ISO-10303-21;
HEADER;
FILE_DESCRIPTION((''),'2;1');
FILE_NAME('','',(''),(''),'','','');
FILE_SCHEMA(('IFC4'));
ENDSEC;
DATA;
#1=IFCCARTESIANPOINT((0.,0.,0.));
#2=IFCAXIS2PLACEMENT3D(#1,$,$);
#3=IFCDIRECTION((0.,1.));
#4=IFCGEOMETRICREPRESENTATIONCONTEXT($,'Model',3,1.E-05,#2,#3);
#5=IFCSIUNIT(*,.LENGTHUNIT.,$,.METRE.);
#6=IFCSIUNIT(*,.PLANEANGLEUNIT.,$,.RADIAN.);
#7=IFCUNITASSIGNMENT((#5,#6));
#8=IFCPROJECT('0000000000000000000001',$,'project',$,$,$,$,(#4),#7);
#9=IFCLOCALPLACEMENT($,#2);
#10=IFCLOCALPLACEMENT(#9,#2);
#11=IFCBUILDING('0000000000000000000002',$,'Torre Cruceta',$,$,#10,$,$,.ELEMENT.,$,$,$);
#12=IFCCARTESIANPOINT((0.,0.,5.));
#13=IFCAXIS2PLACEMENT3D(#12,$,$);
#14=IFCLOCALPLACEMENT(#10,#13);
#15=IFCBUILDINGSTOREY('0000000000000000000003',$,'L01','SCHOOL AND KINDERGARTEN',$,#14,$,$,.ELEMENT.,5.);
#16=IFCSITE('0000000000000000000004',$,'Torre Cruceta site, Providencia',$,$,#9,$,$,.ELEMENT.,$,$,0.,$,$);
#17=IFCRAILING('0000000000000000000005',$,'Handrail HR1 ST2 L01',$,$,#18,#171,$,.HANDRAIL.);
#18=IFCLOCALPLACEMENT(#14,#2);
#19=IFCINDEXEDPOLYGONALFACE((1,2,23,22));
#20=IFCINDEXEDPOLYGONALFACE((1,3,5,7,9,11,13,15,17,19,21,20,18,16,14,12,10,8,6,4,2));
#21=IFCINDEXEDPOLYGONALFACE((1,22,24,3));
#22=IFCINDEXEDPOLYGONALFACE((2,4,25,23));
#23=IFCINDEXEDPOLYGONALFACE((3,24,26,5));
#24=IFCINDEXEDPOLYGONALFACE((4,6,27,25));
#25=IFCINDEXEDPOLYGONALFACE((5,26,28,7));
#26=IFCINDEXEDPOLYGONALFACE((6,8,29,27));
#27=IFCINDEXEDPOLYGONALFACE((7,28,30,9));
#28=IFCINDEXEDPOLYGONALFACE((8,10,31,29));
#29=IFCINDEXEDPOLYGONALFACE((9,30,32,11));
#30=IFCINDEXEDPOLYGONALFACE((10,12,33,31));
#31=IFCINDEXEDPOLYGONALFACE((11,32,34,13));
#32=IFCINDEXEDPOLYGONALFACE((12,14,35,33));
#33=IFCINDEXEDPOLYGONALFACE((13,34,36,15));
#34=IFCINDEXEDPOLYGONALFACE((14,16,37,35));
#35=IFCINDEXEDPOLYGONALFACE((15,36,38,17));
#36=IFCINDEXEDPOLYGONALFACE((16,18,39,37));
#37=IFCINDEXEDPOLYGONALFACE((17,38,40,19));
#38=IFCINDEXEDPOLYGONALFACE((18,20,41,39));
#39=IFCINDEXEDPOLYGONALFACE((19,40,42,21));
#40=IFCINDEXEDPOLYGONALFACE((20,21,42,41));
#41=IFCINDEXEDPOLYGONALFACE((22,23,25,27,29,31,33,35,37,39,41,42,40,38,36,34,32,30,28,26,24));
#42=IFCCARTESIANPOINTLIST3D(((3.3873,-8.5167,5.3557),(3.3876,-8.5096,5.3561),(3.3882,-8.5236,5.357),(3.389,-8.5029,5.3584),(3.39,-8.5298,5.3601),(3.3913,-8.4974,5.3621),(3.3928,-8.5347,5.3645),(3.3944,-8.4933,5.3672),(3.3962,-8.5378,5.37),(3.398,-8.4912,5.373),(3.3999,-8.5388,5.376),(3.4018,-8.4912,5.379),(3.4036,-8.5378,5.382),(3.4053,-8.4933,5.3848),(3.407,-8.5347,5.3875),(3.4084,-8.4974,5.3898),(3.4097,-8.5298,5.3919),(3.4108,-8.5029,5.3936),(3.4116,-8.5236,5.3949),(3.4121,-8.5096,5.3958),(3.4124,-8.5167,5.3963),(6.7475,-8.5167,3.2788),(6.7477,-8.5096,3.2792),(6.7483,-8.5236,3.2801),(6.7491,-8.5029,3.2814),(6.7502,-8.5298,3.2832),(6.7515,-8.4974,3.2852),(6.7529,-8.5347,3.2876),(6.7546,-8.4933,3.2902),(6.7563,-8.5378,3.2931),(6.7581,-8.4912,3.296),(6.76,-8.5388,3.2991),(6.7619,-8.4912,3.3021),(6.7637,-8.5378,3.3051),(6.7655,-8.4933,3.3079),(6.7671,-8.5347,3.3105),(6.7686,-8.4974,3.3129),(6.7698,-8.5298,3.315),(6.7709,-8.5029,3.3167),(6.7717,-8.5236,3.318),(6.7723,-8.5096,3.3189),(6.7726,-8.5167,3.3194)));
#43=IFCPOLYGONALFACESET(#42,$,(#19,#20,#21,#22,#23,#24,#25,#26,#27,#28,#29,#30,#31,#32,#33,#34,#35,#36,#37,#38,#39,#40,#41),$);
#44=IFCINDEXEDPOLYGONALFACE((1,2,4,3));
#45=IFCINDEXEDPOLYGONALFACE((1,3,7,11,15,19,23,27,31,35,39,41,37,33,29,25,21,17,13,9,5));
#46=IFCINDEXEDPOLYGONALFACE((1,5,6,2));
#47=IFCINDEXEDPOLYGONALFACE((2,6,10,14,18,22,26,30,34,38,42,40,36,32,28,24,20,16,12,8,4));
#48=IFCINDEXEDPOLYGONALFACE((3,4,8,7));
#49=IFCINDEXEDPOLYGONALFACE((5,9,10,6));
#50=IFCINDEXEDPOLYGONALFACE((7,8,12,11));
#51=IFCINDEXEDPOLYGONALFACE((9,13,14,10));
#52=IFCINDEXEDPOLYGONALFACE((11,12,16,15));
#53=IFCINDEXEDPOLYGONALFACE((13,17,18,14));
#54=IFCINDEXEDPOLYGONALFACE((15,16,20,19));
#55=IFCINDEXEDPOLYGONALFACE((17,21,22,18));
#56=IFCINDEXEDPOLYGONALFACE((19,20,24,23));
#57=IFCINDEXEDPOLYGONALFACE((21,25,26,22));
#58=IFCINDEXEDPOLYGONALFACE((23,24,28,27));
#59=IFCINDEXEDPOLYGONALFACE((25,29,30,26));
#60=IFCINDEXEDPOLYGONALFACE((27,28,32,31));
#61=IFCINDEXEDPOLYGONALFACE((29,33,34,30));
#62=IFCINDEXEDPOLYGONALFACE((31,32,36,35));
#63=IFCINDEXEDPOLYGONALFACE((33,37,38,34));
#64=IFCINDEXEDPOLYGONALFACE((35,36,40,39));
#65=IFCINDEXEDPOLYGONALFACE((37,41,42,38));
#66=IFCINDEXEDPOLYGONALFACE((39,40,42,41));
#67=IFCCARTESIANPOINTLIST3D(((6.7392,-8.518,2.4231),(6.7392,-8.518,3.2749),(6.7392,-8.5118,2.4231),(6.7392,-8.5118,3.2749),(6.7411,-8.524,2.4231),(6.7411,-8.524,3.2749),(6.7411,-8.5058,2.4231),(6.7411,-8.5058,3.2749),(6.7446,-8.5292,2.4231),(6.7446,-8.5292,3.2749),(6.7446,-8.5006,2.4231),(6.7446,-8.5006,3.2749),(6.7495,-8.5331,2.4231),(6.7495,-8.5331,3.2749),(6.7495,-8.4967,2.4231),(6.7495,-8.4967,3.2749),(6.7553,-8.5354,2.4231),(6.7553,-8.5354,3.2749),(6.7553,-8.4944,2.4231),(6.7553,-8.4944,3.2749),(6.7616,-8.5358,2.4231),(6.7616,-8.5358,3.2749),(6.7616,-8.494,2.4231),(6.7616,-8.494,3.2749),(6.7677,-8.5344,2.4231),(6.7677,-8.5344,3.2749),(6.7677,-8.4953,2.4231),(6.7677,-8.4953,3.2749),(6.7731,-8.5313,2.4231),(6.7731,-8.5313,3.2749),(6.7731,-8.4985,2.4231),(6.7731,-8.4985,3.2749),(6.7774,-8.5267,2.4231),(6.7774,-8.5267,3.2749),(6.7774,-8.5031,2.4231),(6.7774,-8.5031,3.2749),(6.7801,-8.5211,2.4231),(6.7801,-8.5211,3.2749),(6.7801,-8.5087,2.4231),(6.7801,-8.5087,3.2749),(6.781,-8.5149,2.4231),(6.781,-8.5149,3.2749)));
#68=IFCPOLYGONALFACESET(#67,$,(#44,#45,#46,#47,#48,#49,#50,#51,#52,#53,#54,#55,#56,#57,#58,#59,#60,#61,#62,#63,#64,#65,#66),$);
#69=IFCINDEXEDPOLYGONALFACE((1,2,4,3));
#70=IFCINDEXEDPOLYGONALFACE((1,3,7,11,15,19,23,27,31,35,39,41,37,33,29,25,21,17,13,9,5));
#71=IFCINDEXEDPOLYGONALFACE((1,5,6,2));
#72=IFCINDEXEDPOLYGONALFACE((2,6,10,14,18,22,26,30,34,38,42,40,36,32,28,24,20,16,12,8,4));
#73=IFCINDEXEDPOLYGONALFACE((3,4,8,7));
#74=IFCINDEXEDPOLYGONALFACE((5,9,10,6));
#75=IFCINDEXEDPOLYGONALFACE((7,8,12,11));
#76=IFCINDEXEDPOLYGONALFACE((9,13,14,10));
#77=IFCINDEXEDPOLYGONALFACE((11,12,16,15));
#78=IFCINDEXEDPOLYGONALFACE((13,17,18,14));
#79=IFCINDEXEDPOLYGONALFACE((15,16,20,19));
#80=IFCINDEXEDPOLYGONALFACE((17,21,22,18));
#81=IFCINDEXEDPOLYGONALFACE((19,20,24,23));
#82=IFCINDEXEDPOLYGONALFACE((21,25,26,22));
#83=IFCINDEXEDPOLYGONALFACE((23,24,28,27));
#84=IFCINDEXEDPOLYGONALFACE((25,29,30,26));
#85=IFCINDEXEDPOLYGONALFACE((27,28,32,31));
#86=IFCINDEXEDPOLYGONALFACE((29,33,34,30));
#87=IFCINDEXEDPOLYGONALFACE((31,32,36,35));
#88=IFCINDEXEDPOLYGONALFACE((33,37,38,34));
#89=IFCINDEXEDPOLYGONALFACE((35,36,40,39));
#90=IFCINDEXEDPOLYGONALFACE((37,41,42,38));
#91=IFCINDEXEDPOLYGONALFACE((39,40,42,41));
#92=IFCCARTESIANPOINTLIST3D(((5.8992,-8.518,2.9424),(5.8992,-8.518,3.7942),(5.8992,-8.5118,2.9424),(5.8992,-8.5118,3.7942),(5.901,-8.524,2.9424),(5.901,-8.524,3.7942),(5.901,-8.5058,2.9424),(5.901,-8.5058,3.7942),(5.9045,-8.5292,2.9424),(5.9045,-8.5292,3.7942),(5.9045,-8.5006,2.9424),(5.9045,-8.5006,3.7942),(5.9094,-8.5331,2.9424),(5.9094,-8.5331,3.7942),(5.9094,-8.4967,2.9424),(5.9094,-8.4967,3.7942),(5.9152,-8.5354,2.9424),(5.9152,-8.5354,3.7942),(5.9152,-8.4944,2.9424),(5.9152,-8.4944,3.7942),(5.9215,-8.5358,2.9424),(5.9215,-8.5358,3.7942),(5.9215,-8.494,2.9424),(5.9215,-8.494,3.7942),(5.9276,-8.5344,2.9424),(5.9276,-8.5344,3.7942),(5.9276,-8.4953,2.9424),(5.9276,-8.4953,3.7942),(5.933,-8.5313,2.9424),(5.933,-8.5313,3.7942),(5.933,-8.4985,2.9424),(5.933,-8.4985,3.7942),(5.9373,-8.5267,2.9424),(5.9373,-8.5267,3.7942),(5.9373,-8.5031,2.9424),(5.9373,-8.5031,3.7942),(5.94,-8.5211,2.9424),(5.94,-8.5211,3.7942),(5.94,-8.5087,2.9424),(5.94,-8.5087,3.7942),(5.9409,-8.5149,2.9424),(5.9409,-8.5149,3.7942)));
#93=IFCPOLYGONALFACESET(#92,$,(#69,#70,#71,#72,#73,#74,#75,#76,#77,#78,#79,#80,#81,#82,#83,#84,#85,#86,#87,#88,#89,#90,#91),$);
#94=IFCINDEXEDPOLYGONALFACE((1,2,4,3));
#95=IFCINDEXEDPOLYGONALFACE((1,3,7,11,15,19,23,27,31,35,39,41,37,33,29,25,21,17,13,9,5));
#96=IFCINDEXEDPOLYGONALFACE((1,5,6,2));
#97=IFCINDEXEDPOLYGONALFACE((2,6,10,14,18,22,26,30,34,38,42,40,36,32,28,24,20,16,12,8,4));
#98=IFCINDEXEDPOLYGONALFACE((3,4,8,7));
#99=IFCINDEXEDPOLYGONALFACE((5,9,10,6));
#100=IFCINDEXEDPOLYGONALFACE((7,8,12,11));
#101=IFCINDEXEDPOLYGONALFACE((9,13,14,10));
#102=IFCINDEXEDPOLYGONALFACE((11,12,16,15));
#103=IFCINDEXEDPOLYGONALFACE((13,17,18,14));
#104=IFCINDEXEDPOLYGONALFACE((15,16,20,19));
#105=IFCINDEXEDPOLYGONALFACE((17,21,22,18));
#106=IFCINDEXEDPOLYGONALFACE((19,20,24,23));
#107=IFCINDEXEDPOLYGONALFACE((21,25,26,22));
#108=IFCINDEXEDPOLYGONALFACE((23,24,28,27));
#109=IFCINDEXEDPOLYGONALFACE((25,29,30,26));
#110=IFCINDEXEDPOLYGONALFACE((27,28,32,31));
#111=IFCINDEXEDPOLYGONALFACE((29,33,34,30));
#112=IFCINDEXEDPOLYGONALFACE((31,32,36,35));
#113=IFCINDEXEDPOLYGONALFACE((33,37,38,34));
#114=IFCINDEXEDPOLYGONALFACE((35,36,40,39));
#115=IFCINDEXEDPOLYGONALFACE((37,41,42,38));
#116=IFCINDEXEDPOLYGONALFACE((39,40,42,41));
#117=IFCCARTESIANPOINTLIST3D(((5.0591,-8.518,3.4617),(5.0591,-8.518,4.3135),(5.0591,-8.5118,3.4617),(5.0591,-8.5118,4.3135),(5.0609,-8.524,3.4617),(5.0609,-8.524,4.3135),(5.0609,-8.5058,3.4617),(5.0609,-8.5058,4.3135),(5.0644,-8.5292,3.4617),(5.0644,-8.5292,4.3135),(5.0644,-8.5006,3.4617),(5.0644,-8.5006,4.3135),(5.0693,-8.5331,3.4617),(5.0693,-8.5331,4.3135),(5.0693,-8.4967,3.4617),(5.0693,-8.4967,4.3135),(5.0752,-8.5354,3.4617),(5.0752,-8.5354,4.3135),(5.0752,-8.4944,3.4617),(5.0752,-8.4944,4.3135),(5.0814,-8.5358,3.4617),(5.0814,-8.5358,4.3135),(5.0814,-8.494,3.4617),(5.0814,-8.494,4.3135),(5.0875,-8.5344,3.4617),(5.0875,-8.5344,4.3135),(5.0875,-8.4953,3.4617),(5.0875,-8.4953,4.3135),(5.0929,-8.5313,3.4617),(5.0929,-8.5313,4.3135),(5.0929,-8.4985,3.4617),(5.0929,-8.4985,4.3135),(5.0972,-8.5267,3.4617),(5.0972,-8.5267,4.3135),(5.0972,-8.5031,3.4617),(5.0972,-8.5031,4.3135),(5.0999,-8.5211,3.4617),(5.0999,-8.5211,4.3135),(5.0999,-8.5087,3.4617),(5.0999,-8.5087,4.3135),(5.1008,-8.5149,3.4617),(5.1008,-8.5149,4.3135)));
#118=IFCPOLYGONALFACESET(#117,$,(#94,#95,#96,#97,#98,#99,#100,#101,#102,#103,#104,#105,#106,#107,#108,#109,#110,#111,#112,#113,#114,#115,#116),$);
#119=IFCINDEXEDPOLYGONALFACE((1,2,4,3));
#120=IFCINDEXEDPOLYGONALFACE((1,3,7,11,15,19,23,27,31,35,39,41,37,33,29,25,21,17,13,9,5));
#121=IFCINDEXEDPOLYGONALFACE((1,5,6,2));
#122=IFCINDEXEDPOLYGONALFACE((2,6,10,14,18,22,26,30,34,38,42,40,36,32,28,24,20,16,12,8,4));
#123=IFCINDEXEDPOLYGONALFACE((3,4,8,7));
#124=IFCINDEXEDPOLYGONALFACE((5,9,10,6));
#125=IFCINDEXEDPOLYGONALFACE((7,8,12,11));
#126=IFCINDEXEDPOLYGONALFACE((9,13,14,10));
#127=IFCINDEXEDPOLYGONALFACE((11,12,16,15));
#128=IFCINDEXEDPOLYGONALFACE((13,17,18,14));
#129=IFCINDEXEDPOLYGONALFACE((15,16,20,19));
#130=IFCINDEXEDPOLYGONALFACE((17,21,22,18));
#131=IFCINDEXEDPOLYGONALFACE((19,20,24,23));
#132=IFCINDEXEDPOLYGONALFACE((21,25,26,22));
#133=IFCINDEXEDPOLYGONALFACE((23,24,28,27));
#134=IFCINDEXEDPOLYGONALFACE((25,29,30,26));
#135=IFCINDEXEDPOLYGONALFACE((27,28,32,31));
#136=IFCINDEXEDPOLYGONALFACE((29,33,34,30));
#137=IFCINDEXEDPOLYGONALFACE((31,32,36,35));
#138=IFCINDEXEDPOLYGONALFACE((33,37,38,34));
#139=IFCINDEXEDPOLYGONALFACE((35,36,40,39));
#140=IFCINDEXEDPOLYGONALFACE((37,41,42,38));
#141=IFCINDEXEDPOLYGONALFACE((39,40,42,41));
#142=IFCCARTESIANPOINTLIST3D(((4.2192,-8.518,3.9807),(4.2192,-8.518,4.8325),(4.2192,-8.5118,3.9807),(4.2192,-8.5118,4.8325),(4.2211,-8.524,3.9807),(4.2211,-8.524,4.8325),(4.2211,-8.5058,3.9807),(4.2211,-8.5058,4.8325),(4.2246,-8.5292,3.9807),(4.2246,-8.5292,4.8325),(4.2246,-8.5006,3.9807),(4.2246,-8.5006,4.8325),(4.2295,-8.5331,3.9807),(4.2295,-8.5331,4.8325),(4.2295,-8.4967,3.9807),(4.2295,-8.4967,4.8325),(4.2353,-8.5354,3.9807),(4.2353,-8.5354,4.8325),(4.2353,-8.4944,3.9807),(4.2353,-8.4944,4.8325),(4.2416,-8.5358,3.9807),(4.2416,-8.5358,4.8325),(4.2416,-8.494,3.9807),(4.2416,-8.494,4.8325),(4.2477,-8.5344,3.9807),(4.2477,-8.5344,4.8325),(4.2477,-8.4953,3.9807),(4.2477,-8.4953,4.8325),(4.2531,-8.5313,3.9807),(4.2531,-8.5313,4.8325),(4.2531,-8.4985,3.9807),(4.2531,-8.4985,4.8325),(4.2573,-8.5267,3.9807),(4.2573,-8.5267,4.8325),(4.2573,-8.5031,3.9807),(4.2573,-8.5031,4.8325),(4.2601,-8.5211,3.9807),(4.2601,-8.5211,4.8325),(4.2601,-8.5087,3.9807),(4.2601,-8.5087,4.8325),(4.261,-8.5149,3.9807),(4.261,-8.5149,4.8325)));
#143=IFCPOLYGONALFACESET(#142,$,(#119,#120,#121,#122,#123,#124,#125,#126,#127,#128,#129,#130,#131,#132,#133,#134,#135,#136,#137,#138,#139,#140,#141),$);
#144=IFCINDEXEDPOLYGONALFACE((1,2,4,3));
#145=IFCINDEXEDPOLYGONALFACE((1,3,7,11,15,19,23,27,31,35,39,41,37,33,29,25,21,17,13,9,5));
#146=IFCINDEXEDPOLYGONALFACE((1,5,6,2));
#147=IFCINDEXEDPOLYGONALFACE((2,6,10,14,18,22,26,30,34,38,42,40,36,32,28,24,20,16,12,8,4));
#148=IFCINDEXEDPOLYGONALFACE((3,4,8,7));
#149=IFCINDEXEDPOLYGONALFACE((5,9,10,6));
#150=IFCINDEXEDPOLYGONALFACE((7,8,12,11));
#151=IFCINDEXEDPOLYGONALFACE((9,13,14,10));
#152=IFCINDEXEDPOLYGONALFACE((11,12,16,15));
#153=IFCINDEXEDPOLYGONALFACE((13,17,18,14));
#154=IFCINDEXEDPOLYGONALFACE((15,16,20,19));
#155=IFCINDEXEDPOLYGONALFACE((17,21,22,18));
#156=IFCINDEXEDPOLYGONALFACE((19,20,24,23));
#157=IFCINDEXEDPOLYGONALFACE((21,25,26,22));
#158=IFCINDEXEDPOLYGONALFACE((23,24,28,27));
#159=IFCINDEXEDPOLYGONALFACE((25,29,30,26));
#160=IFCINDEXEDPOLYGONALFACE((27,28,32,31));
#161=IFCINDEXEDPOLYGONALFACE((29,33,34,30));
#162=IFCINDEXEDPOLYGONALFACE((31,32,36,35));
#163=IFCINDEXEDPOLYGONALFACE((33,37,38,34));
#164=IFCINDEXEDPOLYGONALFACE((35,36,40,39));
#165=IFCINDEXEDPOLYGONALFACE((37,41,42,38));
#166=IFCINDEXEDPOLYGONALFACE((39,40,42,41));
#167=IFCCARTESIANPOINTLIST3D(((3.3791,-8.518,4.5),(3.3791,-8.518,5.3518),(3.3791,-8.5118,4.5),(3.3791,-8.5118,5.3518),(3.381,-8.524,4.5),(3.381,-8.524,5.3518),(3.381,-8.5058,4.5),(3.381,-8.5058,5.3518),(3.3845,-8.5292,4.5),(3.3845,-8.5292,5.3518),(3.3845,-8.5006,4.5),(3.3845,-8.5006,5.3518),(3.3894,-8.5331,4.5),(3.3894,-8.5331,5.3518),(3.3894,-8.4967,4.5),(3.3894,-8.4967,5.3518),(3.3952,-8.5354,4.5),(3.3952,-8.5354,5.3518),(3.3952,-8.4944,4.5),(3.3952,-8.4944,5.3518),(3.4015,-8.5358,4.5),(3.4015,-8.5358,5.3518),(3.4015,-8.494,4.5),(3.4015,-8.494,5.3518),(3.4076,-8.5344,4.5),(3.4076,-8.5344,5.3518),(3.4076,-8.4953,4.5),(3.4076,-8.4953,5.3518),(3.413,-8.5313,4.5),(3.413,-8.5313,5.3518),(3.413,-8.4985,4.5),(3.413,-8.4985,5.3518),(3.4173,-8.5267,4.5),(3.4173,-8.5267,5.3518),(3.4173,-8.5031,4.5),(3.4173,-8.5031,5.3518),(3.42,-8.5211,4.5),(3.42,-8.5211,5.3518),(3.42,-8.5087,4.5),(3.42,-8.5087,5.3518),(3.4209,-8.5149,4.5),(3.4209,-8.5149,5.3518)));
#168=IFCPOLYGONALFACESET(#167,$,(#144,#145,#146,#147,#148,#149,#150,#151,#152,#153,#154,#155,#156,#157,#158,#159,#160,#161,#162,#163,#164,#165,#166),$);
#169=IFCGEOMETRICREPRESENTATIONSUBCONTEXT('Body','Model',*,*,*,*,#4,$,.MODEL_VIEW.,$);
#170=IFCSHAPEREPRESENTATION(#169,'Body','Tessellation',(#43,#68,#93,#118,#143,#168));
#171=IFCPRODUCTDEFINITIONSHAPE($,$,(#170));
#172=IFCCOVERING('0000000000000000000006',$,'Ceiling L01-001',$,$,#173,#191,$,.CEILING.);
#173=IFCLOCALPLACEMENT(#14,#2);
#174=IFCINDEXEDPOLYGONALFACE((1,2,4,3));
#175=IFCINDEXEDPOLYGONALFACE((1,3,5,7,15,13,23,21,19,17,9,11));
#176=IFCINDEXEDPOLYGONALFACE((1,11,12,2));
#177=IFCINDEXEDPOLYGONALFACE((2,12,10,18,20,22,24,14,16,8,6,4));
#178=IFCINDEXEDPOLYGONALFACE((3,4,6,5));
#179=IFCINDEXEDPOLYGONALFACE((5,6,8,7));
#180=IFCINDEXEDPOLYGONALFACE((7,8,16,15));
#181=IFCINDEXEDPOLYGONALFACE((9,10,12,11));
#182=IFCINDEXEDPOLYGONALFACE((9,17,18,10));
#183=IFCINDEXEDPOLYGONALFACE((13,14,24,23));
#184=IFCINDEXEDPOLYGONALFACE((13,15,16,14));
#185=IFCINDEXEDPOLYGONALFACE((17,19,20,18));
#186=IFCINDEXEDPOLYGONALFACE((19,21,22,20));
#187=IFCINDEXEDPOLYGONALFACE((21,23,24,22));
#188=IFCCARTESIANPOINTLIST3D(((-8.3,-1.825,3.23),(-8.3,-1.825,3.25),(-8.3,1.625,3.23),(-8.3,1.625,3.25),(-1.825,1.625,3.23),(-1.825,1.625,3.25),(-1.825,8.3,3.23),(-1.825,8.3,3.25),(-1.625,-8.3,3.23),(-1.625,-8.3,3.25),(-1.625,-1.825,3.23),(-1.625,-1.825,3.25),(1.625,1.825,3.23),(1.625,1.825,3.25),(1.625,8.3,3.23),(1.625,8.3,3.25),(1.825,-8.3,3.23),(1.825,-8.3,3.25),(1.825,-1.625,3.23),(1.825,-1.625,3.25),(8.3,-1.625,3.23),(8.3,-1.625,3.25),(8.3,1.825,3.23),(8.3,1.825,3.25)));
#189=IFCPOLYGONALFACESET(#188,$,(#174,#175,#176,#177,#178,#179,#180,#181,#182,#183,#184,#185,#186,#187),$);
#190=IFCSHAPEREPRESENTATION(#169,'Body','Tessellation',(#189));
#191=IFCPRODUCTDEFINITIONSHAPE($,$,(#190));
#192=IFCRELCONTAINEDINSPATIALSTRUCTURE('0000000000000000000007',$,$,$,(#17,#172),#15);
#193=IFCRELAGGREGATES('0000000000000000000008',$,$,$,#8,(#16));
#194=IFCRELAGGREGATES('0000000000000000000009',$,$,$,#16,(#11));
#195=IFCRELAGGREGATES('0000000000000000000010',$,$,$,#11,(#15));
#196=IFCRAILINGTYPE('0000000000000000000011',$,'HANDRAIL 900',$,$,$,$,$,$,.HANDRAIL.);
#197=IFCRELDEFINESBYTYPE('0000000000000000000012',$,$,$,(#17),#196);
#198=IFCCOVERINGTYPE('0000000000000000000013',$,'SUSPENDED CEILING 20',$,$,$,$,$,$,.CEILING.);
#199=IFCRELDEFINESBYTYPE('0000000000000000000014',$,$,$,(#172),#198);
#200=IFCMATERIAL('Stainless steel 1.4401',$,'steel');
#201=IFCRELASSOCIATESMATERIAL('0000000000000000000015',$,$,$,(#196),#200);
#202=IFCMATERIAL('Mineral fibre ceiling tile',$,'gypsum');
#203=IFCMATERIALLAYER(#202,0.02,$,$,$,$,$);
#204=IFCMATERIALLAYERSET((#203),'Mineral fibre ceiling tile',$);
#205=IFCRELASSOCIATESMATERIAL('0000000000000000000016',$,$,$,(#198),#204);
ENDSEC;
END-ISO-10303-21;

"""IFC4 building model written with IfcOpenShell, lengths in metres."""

from ifc_helpers import new_model, si_unit, direction, frame, origin, origin_2d, place, context, subcontext, project, spatial, polyline, circle, outline, extrude, material, layer, layer_set, type_object, element, save


model = new_model("IFC4")

# Units and contexts
model_context = context("Model", 3, precision=1e-05, world=origin(), true_north=direction((0.0, 1.0)))
body_context = subcontext(model_context, "Body", "Model", "MODEL_VIEW")
ifc_project = project(units=[si_unit("LENGTHUNIT", "METRE"), si_unit("PLANEANGLEUNIT", "RADIAN")], contexts=[model_context])

# Site, building, storey
site_placement = place(None, origin())
site = spatial("IfcSite", under=ifc_project, at=site_placement, Name="Torre Cruceta site, Providencia", CompositionType="ELEMENT", RefElevation=0.0)
building_placement = place(site_placement, origin())
building = spatial("IfcBuilding", under=site, at=building_placement, Name="Torre Cruceta", CompositionType="ELEMENT")
storey_placement = place(building_placement, frame((0.0, 0.0, 5.0)))
storey = spatial("IfcBuildingStorey", under=building, at=storey_placement, Name="L01", Description="SCHOOL AND KINDERGARTEN", CompositionType="ELEMENT", Elevation=5.0)

# Railing
ifc_material_1 = material(Name="Stainless steel 1.4401", Category="steel")
railing_type = type_object("IfcRailingType", Name="HANDRAIL 900", PredefinedType="HANDRAIL", material=ifc_material_1)
railing_1_placement = place(storey_placement, frame((6.76, -8.5149, 2.4231)))
element("IfcRailing", 1, at=railing_1_placement, inside=storey, type_object=railing_type, Name="Handrail HR1 ST2 L01", PredefinedType="HANDRAIL", context=body_context, shape_type="SweptSolid", body=[
    extrude(circle(Radius=0.0239, at=origin_2d()), frame((0.0, 0.0, 0.876), z_axis=(-0.850623, 0.0, 0.525776), x_axis=(0.0, -1.0, 0.0)), (0.0, 0.0, 1.0), 3.9502),
    extrude(circle(Radius=0.021, at=origin_2d()), origin(), (0.0, 0.0, 1.0), 0.8518),
    extrude(circle(Radius=0.021, at=origin_2d()), frame((-0.8401, 0.0, 0.5193)), (0.0, 0.0, 1.0), 0.8518),
    extrude(circle(Radius=0.021, at=origin_2d()), frame((-1.6802, 0.0, 1.0386)), (0.0, 0.0, 1.0), 0.8518),
    extrude(circle(Radius=0.021, at=origin_2d()), frame((-2.52, 0.0, 1.5576)), (0.0, 0.0, 1.0), 0.8518),
    extrude(circle(Radius=0.021, at=origin_2d()), frame((-3.3601, 0.0, 2.0769)), (0.0, 0.0, 1.0), 0.8518),
])

# Covering
ifc_material_2 = material(Name="Mineral fibre ceiling tile", Category="gypsum")
ifc_layer_1 = layer(ifc_material_2, 0.02)
ifc_layer_set_1 = layer_set([ifc_layer_1], Name="Mineral fibre ceiling tile")
covering_type = type_object("IfcCoveringType", Name="SUSPENDED CEILING 20", PredefinedType="CEILING", material=ifc_layer_set_1)
covering_placement = place(storey_placement, frame((0.0, 0.0, 3.23)))
element("IfcCovering", 2, at=covering_placement, inside=storey, type_object=covering_type, Name="Ceiling L01-001", PredefinedType="CEILING", context=body_context, shape_type="SweptSolid", body=[
    extrude(outline(polyline([(-1.625, -8.3), (-1.625, -1.825), (-8.3, -1.825), (-8.3, 1.625), (-1.825, 1.625), (-1.825, 8.3), (1.625, 8.3), (1.625, 1.825), (8.3, 1.825), (8.3, -1.625), (1.825, -1.625), (1.825, -8.3), (-1.625, -8.3)])), origin(), (0.0, 0.0, 1.0), 0.02),
])

save(model, "model.ifc")
